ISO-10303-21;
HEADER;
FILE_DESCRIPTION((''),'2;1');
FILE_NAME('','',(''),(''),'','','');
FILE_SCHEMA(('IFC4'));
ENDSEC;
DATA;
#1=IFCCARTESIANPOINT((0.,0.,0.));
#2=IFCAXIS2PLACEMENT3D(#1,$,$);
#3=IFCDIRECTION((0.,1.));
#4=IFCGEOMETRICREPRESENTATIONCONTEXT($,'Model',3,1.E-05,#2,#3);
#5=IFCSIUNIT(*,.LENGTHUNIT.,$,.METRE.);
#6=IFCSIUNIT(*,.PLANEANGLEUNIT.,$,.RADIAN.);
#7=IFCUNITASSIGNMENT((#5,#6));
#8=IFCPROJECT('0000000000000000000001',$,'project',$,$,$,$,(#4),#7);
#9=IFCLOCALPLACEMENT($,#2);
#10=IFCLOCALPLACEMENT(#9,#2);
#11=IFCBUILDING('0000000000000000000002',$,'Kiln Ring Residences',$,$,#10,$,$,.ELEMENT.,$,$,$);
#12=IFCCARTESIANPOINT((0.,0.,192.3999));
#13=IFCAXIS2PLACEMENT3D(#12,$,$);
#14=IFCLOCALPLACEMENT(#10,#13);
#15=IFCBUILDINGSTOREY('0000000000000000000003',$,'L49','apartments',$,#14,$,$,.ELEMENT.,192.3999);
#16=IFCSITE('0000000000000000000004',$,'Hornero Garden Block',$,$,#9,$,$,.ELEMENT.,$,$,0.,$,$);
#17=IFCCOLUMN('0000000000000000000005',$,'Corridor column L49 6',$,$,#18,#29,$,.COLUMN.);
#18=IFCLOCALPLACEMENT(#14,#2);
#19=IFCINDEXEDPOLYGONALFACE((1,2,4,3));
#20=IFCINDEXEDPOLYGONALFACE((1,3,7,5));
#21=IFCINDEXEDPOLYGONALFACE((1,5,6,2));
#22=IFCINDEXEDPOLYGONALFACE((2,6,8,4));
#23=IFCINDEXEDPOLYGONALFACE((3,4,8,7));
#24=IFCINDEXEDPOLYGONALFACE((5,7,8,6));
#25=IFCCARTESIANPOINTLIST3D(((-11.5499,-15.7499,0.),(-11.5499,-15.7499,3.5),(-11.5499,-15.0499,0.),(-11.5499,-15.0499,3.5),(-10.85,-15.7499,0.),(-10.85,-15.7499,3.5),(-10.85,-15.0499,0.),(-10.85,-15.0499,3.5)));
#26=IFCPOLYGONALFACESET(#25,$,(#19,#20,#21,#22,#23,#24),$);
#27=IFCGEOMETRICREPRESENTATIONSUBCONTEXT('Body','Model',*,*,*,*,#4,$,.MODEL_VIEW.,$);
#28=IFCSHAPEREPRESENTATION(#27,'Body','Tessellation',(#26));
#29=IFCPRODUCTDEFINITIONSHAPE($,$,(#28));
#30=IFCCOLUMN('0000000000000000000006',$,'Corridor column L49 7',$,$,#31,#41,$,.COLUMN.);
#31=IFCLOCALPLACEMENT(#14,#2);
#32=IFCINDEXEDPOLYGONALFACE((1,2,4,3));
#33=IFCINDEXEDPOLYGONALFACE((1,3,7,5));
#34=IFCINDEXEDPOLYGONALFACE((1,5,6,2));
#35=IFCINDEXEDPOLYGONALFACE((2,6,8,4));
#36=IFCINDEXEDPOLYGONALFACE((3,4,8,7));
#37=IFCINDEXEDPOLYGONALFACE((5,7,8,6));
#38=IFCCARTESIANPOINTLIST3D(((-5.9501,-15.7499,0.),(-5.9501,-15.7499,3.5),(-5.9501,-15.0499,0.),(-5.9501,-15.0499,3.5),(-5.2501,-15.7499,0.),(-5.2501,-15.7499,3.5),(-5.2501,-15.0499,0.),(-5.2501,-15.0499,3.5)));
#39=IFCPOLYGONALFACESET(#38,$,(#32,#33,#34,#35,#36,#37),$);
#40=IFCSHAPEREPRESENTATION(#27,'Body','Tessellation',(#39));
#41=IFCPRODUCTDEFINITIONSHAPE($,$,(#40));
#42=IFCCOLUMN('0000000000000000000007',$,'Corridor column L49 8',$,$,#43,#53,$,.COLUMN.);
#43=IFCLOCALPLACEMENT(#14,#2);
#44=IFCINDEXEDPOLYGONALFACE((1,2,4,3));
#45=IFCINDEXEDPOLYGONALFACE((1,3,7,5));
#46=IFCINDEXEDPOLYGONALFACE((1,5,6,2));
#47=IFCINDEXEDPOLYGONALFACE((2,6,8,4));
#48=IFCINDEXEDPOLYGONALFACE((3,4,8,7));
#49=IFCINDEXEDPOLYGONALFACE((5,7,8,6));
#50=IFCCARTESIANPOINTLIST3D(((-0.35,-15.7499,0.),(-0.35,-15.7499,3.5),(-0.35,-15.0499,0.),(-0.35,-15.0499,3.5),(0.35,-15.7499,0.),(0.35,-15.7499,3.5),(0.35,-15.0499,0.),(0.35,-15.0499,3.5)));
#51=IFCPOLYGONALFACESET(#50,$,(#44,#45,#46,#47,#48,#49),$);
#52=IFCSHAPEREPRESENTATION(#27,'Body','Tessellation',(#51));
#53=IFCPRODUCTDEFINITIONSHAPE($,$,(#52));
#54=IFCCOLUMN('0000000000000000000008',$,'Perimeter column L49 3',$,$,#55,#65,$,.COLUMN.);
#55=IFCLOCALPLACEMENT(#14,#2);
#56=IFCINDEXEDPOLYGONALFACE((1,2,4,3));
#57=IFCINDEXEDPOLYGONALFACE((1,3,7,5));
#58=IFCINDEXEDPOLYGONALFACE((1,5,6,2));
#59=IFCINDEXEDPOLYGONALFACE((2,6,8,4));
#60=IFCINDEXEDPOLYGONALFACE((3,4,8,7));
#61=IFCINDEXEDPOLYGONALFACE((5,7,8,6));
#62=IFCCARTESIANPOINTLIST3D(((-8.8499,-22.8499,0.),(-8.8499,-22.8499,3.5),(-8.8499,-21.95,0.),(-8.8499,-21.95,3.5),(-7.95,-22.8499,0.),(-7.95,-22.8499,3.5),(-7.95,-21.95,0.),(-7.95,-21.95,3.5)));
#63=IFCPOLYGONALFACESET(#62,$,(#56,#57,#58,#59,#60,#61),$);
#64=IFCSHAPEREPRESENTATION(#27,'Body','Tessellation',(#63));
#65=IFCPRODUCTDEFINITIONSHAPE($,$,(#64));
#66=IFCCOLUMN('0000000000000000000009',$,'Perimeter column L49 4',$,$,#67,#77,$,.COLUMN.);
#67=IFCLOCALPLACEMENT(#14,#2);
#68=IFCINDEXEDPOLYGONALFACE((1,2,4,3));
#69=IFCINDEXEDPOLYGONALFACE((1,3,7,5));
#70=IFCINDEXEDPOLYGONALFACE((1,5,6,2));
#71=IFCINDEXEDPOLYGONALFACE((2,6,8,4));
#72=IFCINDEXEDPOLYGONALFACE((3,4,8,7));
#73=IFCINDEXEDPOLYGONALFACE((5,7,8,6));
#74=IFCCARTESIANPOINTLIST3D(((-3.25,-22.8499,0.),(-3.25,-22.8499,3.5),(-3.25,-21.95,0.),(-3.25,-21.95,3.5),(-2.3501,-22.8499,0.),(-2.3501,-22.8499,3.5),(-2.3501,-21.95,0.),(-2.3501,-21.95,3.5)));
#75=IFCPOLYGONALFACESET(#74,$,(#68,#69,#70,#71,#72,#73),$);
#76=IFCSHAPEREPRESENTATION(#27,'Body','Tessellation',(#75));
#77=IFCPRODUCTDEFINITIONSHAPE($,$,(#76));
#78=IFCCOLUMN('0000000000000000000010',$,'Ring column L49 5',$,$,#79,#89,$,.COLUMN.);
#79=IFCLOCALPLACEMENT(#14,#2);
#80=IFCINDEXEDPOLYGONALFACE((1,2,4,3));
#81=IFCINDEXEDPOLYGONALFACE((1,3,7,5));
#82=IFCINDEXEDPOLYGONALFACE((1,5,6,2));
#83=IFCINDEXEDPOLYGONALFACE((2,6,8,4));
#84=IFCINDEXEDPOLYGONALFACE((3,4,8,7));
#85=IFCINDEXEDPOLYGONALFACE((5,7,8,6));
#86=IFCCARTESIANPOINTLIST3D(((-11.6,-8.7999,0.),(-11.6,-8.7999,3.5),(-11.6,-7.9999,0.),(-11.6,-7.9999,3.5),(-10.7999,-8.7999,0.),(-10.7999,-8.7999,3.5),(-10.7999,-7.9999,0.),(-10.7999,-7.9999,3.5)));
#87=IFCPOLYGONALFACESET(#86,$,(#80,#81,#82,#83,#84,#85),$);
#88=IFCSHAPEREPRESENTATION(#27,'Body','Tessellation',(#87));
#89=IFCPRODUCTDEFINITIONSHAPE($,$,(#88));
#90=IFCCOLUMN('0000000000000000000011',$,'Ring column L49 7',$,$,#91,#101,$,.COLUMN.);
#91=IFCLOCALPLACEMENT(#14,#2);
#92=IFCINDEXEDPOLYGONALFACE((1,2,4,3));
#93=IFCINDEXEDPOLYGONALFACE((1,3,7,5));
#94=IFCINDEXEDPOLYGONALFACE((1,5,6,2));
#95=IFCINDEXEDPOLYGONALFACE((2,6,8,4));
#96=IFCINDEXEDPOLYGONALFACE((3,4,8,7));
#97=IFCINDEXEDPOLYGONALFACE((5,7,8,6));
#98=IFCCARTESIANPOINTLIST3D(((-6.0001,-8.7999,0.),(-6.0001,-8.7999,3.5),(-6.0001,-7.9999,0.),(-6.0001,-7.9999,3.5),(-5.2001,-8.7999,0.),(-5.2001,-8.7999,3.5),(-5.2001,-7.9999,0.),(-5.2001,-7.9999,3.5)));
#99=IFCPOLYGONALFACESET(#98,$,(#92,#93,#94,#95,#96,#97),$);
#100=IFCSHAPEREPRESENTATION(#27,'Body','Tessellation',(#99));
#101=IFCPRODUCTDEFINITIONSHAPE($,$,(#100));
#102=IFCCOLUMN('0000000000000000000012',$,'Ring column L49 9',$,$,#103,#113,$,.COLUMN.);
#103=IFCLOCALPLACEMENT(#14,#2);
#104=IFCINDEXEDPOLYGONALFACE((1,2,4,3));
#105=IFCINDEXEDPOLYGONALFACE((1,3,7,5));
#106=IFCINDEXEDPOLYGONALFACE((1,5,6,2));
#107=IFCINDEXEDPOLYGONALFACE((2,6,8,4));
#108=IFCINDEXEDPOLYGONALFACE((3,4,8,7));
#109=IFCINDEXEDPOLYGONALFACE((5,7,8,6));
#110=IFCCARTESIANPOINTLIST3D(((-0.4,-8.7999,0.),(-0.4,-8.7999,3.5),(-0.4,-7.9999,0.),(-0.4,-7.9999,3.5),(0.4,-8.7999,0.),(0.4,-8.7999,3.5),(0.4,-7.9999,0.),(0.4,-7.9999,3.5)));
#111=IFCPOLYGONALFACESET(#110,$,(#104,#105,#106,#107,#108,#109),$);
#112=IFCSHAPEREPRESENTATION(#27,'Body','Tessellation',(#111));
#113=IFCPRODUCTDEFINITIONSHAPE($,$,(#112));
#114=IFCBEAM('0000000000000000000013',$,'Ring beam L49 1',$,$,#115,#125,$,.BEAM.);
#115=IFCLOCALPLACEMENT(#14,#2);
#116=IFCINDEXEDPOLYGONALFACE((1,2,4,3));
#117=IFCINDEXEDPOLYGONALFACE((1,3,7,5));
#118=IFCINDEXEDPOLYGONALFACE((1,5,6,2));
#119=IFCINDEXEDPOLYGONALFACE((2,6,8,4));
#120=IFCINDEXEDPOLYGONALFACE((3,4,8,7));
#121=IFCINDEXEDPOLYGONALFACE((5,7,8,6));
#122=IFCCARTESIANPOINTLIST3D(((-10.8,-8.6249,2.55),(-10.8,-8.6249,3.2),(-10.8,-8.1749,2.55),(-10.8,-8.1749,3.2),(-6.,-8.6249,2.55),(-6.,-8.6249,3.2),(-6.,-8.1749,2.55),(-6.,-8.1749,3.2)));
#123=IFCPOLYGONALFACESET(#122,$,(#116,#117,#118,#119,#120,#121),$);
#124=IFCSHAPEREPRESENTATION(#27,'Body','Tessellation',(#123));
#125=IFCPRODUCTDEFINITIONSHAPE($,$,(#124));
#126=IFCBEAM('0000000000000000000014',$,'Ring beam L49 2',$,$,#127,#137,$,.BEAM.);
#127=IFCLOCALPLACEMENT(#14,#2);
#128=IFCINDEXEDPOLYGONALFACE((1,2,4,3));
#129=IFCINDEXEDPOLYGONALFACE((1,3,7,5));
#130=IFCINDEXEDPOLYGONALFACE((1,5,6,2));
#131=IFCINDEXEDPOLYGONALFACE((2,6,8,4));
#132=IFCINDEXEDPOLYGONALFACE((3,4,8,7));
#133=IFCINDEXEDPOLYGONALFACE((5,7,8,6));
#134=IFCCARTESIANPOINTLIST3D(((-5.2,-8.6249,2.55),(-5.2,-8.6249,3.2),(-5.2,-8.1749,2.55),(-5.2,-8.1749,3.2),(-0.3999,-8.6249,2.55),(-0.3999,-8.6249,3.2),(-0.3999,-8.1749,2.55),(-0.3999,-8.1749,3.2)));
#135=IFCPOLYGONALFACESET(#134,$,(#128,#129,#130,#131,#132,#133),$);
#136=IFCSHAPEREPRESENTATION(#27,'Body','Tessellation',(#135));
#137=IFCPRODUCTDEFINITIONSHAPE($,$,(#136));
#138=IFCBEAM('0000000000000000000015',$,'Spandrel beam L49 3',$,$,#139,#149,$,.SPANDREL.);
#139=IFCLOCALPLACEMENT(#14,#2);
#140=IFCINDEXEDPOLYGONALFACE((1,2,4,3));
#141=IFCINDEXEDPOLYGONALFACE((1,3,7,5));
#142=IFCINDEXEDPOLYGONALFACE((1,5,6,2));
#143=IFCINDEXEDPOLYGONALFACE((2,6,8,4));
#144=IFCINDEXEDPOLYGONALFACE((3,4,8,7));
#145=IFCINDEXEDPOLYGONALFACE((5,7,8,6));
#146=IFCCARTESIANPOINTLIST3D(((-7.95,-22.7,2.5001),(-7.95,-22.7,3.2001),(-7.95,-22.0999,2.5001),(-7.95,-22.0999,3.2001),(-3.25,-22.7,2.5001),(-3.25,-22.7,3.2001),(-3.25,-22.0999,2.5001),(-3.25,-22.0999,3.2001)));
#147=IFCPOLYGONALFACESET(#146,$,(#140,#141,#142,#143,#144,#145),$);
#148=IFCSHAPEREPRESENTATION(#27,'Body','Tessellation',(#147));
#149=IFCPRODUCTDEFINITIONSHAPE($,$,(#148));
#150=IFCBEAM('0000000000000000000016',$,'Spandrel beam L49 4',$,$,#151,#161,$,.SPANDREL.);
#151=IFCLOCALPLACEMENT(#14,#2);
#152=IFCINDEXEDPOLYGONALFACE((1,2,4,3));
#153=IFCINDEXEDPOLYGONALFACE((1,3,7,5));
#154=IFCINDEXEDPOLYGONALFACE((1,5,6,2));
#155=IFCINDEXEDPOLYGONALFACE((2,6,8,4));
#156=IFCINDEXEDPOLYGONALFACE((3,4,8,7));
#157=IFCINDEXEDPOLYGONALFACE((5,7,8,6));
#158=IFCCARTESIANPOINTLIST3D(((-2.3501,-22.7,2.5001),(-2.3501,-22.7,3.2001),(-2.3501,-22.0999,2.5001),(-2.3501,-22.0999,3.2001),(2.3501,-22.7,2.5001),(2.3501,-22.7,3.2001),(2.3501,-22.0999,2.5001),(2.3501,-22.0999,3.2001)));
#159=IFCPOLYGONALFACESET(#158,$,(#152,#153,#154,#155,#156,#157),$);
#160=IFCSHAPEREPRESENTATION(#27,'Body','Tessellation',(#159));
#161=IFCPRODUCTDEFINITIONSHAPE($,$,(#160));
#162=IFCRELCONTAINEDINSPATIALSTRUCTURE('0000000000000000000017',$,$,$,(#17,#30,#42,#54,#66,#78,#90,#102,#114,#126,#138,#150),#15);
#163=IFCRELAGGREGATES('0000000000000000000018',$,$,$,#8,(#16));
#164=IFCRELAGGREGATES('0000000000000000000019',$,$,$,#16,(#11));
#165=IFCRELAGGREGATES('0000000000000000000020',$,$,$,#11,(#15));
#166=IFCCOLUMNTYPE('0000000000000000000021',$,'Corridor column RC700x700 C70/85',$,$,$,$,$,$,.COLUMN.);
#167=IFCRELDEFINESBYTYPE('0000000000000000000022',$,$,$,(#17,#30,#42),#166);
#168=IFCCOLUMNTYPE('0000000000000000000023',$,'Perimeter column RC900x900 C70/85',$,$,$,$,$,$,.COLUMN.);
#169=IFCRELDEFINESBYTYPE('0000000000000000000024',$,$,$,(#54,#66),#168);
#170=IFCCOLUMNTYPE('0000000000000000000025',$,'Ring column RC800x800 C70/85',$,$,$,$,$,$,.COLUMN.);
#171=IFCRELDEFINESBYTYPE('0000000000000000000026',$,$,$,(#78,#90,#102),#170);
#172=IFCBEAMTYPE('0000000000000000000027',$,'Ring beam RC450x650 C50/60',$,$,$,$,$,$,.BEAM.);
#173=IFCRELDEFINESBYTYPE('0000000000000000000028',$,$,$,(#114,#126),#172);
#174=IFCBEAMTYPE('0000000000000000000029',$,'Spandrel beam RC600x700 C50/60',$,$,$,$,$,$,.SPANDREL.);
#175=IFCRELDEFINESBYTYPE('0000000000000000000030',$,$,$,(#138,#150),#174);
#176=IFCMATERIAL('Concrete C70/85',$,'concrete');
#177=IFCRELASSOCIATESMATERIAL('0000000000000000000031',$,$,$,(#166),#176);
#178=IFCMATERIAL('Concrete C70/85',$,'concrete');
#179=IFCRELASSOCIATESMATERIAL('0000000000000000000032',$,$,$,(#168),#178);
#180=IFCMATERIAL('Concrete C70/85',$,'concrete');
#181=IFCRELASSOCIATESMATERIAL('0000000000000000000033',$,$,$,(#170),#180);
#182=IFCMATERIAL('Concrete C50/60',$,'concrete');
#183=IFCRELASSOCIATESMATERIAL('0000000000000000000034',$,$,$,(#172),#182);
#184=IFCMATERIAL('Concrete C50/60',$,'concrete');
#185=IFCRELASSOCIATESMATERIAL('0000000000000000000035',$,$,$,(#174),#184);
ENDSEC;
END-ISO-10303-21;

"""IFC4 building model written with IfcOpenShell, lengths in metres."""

from ifc_helpers import new_model, si_unit, direction, frame, origin, origin_2d, place, context, subcontext, project, spatial, rectangle, extrude, material, material_profile, profile_set, type_object, element, save


model = new_model("IFC4")

# Units and contexts
model_context = context("Model", 3, precision=1e-05, world=origin(), true_north=direction((0.0, 1.0)))
body_context = subcontext(model_context, "Body", "Model", "MODEL_VIEW")
ifc_project = project(units=[si_unit("LENGTHUNIT", "METRE"), si_unit("PLANEANGLEUNIT", "RADIAN")], contexts=[model_context])

# Site, building, storey
site_placement = place(None, origin())
site = spatial("IfcSite", under=ifc_project, at=site_placement, Name="Hornero Garden Block", CompositionType="ELEMENT", RefElevation=0.0)
building_placement = place(site_placement, origin())
building = spatial("IfcBuilding", under=site, at=building_placement, Name="Kiln Ring Residences", CompositionType="ELEMENT")
storey_placement = place(building_placement, frame((0.0, 0.0, 192.3999)))
storey = spatial("IfcBuildingStorey", under=building, at=storey_placement, Name="L49", Description="apartments", CompositionType="ELEMENT", Elevation=192.3999)

# Columns
ifc_material_1 = material(Name="Concrete C70/85", Category="concrete")
ifc_material_profile_1 = material_profile(ifc_material_1, rectangle(XDim=0.7, YDim=0.7, at=origin_2d()), Name="RC700x700")
ifc_profile_set_1 = profile_set([ifc_material_profile_1], Name="Concrete C70/85")
column_type_1 = type_object("IfcColumnType", Name="Corridor column RC700x700 C70/85", PredefinedType="COLUMN", material=ifc_profile_set_1)
for number, where, z_axis, x_axis, name in (
    (1, (-11.2, -15.3999, 0.0), (0.0, 0.0, 1.0), (1.0, 0.0, 0.0), "Corridor column L49 6"),
    (2, (-5.6001, -15.3999, 0.0), (0.0, 0.0, 1.0), (1.0, 0.0, 0.0), "Corridor column L49 7"),
    (3, (0.0, -15.3999, 0.0), (0.0, 0.0, 1.0), (1.0, 0.0, 0.0), "Corridor column L49 8"),
):
    element("IfcColumn", number, at=place(storey_placement, frame(where, z_axis=z_axis, x_axis=x_axis)), inside=storey, type_object=column_type_1, Name=name, PredefinedType="COLUMN", context=body_context, shape_type="SweptSolid", body=[
        extrude(rectangle(XDim=0.7, YDim=0.7, at=origin_2d()), origin(), (0.0, 0.0, 1.0), 3.5),
    ])
ifc_material_2 = material(Name="Concrete C70/85", Category="concrete")
ifc_material_profile_2 = material_profile(ifc_material_2, rectangle(XDim=0.8999, YDim=0.8999, at=origin_2d()), Name="RC900x900")
ifc_profile_set_2 = profile_set([ifc_material_profile_2], Name="Concrete C70/85")
column_type_2 = type_object("IfcColumnType", Name="Perimeter column RC900x900 C70/85", PredefinedType="COLUMN", material=ifc_profile_set_2)
for number, where, z_axis, x_axis, name in (
    (4, (-8.3999, -22.3999, 0.0), (0.0, 0.0, 1.0), (1.0, 0.0, 0.0), "Perimeter column L49 3"),
    (5, (-2.8, -22.3999, 0.0), (0.0, 0.0, 1.0), (1.0, 0.0, 0.0), "Perimeter column L49 4"),
):
    element("IfcColumn", number, at=place(storey_placement, frame(where, z_axis=z_axis, x_axis=x_axis)), inside=storey, type_object=column_type_2, Name=name, PredefinedType="COLUMN", context=body_context, shape_type="SweptSolid", body=[
        extrude(rectangle(XDim=0.8999, YDim=0.8999, at=origin_2d()), origin(), (0.0, 0.0, 1.0), 3.5),
    ])
ifc_material_3 = material(Name="Concrete C70/85", Category="concrete")
ifc_material_profile_3 = material_profile(ifc_material_3, rectangle(XDim=0.8, YDim=0.8, at=origin_2d()), Name="RC800x800")
ifc_profile_set_3 = profile_set([ifc_material_profile_3], Name="Concrete C70/85")
column_type_3 = type_object("IfcColumnType", Name="Ring column RC800x800 C70/85", PredefinedType="COLUMN", material=ifc_profile_set_3)
for number, where, z_axis, x_axis, name in (
    (6, (-11.2, -8.3999, 0.0), (0.0, 0.0, 1.0), (1.0, 0.0, 0.0), "Ring column L49 5"),
    (7, (-5.6001, -8.3999, 0.0), (0.0, 0.0, 1.0), (1.0, 0.0, 0.0), "Ring column L49 7"),
    (8, (0.0, -8.3999, 0.0), (0.0, 0.0, 1.0), (1.0, 0.0, 0.0), "Ring column L49 9"),
):
    element("IfcColumn", number, at=place(storey_placement, frame(where, z_axis=z_axis, x_axis=x_axis)), inside=storey, type_object=column_type_3, Name=name, PredefinedType="COLUMN", context=body_context, shape_type="SweptSolid", body=[
        extrude(rectangle(XDim=0.8, YDim=0.8, at=origin_2d()), origin(), (0.0, 0.0, 1.0), 3.5),
    ])

# Beams
ifc_material_4 = material(Name="Concrete C50/60", Category="concrete")
ifc_material_profile_4 = material_profile(ifc_material_4, rectangle(XDim=0.45, YDim=0.6499, at=origin_2d()), Name="RC450x650")
ifc_profile_set_4 = profile_set([ifc_material_profile_4], Name="Concrete C50/60")
beam_type_1 = type_object("IfcBeamType", Name="Ring beam RC450x650 C50/60", PredefinedType="BEAM", material=ifc_profile_set_4)
for number, where, z_axis, x_axis, name in (
    (9, (-10.8, -8.3999, 2.875), (1.0, 0.0, 0.0), (0.0, 1.0, 0.0), "Ring beam L49 1"),
    (10, (-5.2, -8.3999, 2.875), (1.0, 0.0, 0.0), (0.0, 1.0, 0.0), "Ring beam L49 2"),
):
    element("IfcBeam", number, at=place(storey_placement, frame(where, z_axis=z_axis, x_axis=x_axis)), inside=storey, type_object=beam_type_1, Name=name, PredefinedType="BEAM", context=body_context, shape_type="SweptSolid", body=[
        extrude(rectangle(XDim=0.45, YDim=0.6499, at=origin_2d()), origin(), (0.0, 0.0, 1.0), 4.8),
    ])
ifc_material_5 = material(Name="Concrete C50/60", Category="concrete")
ifc_material_profile_5 = material_profile(ifc_material_5, rectangle(XDim=0.6001, YDim=0.7, at=origin_2d()), Name="RC600x700")
ifc_profile_set_5 = profile_set([ifc_material_profile_5], Name="Concrete C50/60")
beam_type_2 = type_object("IfcBeamType", Name="Spandrel beam RC600x700 C50/60", PredefinedType="SPANDREL", material=ifc_profile_set_5)
beam_1_placement = place(storey_placement, frame((-7.95, -22.3999, 2.8501), z_axis=(1.0, 0.0, 0.0), x_axis=(0.0, 1.0, 0.0)))
element("IfcBeam", 11, at=beam_1_placement, inside=storey, type_object=beam_type_2, Name="Spandrel beam L49 3", PredefinedType="SPANDREL", context=body_context, shape_type="SweptSolid", body=[
    extrude(rectangle(XDim=0.6001, YDim=0.7, at=origin_2d()), origin(), (0.0, 0.0, 1.0), 4.7),
])
beam_2_placement = place(storey_placement, frame((-2.3501, -22.3999, 2.8501), z_axis=(1.0, 0.0, 0.0), x_axis=(0.0, 1.0, 0.0)))
element("IfcBeam", 12, at=beam_2_placement, inside=storey, type_object=beam_type_2, Name="Spandrel beam L49 4", PredefinedType="SPANDREL", context=body_context, shape_type="SweptSolid", body=[
    extrude(rectangle(XDim=0.6001, YDim=0.7, at=origin_2d()), origin(), (0.0, 0.0, 1.0), 4.7002),
])

save(model, "model.ifc")
